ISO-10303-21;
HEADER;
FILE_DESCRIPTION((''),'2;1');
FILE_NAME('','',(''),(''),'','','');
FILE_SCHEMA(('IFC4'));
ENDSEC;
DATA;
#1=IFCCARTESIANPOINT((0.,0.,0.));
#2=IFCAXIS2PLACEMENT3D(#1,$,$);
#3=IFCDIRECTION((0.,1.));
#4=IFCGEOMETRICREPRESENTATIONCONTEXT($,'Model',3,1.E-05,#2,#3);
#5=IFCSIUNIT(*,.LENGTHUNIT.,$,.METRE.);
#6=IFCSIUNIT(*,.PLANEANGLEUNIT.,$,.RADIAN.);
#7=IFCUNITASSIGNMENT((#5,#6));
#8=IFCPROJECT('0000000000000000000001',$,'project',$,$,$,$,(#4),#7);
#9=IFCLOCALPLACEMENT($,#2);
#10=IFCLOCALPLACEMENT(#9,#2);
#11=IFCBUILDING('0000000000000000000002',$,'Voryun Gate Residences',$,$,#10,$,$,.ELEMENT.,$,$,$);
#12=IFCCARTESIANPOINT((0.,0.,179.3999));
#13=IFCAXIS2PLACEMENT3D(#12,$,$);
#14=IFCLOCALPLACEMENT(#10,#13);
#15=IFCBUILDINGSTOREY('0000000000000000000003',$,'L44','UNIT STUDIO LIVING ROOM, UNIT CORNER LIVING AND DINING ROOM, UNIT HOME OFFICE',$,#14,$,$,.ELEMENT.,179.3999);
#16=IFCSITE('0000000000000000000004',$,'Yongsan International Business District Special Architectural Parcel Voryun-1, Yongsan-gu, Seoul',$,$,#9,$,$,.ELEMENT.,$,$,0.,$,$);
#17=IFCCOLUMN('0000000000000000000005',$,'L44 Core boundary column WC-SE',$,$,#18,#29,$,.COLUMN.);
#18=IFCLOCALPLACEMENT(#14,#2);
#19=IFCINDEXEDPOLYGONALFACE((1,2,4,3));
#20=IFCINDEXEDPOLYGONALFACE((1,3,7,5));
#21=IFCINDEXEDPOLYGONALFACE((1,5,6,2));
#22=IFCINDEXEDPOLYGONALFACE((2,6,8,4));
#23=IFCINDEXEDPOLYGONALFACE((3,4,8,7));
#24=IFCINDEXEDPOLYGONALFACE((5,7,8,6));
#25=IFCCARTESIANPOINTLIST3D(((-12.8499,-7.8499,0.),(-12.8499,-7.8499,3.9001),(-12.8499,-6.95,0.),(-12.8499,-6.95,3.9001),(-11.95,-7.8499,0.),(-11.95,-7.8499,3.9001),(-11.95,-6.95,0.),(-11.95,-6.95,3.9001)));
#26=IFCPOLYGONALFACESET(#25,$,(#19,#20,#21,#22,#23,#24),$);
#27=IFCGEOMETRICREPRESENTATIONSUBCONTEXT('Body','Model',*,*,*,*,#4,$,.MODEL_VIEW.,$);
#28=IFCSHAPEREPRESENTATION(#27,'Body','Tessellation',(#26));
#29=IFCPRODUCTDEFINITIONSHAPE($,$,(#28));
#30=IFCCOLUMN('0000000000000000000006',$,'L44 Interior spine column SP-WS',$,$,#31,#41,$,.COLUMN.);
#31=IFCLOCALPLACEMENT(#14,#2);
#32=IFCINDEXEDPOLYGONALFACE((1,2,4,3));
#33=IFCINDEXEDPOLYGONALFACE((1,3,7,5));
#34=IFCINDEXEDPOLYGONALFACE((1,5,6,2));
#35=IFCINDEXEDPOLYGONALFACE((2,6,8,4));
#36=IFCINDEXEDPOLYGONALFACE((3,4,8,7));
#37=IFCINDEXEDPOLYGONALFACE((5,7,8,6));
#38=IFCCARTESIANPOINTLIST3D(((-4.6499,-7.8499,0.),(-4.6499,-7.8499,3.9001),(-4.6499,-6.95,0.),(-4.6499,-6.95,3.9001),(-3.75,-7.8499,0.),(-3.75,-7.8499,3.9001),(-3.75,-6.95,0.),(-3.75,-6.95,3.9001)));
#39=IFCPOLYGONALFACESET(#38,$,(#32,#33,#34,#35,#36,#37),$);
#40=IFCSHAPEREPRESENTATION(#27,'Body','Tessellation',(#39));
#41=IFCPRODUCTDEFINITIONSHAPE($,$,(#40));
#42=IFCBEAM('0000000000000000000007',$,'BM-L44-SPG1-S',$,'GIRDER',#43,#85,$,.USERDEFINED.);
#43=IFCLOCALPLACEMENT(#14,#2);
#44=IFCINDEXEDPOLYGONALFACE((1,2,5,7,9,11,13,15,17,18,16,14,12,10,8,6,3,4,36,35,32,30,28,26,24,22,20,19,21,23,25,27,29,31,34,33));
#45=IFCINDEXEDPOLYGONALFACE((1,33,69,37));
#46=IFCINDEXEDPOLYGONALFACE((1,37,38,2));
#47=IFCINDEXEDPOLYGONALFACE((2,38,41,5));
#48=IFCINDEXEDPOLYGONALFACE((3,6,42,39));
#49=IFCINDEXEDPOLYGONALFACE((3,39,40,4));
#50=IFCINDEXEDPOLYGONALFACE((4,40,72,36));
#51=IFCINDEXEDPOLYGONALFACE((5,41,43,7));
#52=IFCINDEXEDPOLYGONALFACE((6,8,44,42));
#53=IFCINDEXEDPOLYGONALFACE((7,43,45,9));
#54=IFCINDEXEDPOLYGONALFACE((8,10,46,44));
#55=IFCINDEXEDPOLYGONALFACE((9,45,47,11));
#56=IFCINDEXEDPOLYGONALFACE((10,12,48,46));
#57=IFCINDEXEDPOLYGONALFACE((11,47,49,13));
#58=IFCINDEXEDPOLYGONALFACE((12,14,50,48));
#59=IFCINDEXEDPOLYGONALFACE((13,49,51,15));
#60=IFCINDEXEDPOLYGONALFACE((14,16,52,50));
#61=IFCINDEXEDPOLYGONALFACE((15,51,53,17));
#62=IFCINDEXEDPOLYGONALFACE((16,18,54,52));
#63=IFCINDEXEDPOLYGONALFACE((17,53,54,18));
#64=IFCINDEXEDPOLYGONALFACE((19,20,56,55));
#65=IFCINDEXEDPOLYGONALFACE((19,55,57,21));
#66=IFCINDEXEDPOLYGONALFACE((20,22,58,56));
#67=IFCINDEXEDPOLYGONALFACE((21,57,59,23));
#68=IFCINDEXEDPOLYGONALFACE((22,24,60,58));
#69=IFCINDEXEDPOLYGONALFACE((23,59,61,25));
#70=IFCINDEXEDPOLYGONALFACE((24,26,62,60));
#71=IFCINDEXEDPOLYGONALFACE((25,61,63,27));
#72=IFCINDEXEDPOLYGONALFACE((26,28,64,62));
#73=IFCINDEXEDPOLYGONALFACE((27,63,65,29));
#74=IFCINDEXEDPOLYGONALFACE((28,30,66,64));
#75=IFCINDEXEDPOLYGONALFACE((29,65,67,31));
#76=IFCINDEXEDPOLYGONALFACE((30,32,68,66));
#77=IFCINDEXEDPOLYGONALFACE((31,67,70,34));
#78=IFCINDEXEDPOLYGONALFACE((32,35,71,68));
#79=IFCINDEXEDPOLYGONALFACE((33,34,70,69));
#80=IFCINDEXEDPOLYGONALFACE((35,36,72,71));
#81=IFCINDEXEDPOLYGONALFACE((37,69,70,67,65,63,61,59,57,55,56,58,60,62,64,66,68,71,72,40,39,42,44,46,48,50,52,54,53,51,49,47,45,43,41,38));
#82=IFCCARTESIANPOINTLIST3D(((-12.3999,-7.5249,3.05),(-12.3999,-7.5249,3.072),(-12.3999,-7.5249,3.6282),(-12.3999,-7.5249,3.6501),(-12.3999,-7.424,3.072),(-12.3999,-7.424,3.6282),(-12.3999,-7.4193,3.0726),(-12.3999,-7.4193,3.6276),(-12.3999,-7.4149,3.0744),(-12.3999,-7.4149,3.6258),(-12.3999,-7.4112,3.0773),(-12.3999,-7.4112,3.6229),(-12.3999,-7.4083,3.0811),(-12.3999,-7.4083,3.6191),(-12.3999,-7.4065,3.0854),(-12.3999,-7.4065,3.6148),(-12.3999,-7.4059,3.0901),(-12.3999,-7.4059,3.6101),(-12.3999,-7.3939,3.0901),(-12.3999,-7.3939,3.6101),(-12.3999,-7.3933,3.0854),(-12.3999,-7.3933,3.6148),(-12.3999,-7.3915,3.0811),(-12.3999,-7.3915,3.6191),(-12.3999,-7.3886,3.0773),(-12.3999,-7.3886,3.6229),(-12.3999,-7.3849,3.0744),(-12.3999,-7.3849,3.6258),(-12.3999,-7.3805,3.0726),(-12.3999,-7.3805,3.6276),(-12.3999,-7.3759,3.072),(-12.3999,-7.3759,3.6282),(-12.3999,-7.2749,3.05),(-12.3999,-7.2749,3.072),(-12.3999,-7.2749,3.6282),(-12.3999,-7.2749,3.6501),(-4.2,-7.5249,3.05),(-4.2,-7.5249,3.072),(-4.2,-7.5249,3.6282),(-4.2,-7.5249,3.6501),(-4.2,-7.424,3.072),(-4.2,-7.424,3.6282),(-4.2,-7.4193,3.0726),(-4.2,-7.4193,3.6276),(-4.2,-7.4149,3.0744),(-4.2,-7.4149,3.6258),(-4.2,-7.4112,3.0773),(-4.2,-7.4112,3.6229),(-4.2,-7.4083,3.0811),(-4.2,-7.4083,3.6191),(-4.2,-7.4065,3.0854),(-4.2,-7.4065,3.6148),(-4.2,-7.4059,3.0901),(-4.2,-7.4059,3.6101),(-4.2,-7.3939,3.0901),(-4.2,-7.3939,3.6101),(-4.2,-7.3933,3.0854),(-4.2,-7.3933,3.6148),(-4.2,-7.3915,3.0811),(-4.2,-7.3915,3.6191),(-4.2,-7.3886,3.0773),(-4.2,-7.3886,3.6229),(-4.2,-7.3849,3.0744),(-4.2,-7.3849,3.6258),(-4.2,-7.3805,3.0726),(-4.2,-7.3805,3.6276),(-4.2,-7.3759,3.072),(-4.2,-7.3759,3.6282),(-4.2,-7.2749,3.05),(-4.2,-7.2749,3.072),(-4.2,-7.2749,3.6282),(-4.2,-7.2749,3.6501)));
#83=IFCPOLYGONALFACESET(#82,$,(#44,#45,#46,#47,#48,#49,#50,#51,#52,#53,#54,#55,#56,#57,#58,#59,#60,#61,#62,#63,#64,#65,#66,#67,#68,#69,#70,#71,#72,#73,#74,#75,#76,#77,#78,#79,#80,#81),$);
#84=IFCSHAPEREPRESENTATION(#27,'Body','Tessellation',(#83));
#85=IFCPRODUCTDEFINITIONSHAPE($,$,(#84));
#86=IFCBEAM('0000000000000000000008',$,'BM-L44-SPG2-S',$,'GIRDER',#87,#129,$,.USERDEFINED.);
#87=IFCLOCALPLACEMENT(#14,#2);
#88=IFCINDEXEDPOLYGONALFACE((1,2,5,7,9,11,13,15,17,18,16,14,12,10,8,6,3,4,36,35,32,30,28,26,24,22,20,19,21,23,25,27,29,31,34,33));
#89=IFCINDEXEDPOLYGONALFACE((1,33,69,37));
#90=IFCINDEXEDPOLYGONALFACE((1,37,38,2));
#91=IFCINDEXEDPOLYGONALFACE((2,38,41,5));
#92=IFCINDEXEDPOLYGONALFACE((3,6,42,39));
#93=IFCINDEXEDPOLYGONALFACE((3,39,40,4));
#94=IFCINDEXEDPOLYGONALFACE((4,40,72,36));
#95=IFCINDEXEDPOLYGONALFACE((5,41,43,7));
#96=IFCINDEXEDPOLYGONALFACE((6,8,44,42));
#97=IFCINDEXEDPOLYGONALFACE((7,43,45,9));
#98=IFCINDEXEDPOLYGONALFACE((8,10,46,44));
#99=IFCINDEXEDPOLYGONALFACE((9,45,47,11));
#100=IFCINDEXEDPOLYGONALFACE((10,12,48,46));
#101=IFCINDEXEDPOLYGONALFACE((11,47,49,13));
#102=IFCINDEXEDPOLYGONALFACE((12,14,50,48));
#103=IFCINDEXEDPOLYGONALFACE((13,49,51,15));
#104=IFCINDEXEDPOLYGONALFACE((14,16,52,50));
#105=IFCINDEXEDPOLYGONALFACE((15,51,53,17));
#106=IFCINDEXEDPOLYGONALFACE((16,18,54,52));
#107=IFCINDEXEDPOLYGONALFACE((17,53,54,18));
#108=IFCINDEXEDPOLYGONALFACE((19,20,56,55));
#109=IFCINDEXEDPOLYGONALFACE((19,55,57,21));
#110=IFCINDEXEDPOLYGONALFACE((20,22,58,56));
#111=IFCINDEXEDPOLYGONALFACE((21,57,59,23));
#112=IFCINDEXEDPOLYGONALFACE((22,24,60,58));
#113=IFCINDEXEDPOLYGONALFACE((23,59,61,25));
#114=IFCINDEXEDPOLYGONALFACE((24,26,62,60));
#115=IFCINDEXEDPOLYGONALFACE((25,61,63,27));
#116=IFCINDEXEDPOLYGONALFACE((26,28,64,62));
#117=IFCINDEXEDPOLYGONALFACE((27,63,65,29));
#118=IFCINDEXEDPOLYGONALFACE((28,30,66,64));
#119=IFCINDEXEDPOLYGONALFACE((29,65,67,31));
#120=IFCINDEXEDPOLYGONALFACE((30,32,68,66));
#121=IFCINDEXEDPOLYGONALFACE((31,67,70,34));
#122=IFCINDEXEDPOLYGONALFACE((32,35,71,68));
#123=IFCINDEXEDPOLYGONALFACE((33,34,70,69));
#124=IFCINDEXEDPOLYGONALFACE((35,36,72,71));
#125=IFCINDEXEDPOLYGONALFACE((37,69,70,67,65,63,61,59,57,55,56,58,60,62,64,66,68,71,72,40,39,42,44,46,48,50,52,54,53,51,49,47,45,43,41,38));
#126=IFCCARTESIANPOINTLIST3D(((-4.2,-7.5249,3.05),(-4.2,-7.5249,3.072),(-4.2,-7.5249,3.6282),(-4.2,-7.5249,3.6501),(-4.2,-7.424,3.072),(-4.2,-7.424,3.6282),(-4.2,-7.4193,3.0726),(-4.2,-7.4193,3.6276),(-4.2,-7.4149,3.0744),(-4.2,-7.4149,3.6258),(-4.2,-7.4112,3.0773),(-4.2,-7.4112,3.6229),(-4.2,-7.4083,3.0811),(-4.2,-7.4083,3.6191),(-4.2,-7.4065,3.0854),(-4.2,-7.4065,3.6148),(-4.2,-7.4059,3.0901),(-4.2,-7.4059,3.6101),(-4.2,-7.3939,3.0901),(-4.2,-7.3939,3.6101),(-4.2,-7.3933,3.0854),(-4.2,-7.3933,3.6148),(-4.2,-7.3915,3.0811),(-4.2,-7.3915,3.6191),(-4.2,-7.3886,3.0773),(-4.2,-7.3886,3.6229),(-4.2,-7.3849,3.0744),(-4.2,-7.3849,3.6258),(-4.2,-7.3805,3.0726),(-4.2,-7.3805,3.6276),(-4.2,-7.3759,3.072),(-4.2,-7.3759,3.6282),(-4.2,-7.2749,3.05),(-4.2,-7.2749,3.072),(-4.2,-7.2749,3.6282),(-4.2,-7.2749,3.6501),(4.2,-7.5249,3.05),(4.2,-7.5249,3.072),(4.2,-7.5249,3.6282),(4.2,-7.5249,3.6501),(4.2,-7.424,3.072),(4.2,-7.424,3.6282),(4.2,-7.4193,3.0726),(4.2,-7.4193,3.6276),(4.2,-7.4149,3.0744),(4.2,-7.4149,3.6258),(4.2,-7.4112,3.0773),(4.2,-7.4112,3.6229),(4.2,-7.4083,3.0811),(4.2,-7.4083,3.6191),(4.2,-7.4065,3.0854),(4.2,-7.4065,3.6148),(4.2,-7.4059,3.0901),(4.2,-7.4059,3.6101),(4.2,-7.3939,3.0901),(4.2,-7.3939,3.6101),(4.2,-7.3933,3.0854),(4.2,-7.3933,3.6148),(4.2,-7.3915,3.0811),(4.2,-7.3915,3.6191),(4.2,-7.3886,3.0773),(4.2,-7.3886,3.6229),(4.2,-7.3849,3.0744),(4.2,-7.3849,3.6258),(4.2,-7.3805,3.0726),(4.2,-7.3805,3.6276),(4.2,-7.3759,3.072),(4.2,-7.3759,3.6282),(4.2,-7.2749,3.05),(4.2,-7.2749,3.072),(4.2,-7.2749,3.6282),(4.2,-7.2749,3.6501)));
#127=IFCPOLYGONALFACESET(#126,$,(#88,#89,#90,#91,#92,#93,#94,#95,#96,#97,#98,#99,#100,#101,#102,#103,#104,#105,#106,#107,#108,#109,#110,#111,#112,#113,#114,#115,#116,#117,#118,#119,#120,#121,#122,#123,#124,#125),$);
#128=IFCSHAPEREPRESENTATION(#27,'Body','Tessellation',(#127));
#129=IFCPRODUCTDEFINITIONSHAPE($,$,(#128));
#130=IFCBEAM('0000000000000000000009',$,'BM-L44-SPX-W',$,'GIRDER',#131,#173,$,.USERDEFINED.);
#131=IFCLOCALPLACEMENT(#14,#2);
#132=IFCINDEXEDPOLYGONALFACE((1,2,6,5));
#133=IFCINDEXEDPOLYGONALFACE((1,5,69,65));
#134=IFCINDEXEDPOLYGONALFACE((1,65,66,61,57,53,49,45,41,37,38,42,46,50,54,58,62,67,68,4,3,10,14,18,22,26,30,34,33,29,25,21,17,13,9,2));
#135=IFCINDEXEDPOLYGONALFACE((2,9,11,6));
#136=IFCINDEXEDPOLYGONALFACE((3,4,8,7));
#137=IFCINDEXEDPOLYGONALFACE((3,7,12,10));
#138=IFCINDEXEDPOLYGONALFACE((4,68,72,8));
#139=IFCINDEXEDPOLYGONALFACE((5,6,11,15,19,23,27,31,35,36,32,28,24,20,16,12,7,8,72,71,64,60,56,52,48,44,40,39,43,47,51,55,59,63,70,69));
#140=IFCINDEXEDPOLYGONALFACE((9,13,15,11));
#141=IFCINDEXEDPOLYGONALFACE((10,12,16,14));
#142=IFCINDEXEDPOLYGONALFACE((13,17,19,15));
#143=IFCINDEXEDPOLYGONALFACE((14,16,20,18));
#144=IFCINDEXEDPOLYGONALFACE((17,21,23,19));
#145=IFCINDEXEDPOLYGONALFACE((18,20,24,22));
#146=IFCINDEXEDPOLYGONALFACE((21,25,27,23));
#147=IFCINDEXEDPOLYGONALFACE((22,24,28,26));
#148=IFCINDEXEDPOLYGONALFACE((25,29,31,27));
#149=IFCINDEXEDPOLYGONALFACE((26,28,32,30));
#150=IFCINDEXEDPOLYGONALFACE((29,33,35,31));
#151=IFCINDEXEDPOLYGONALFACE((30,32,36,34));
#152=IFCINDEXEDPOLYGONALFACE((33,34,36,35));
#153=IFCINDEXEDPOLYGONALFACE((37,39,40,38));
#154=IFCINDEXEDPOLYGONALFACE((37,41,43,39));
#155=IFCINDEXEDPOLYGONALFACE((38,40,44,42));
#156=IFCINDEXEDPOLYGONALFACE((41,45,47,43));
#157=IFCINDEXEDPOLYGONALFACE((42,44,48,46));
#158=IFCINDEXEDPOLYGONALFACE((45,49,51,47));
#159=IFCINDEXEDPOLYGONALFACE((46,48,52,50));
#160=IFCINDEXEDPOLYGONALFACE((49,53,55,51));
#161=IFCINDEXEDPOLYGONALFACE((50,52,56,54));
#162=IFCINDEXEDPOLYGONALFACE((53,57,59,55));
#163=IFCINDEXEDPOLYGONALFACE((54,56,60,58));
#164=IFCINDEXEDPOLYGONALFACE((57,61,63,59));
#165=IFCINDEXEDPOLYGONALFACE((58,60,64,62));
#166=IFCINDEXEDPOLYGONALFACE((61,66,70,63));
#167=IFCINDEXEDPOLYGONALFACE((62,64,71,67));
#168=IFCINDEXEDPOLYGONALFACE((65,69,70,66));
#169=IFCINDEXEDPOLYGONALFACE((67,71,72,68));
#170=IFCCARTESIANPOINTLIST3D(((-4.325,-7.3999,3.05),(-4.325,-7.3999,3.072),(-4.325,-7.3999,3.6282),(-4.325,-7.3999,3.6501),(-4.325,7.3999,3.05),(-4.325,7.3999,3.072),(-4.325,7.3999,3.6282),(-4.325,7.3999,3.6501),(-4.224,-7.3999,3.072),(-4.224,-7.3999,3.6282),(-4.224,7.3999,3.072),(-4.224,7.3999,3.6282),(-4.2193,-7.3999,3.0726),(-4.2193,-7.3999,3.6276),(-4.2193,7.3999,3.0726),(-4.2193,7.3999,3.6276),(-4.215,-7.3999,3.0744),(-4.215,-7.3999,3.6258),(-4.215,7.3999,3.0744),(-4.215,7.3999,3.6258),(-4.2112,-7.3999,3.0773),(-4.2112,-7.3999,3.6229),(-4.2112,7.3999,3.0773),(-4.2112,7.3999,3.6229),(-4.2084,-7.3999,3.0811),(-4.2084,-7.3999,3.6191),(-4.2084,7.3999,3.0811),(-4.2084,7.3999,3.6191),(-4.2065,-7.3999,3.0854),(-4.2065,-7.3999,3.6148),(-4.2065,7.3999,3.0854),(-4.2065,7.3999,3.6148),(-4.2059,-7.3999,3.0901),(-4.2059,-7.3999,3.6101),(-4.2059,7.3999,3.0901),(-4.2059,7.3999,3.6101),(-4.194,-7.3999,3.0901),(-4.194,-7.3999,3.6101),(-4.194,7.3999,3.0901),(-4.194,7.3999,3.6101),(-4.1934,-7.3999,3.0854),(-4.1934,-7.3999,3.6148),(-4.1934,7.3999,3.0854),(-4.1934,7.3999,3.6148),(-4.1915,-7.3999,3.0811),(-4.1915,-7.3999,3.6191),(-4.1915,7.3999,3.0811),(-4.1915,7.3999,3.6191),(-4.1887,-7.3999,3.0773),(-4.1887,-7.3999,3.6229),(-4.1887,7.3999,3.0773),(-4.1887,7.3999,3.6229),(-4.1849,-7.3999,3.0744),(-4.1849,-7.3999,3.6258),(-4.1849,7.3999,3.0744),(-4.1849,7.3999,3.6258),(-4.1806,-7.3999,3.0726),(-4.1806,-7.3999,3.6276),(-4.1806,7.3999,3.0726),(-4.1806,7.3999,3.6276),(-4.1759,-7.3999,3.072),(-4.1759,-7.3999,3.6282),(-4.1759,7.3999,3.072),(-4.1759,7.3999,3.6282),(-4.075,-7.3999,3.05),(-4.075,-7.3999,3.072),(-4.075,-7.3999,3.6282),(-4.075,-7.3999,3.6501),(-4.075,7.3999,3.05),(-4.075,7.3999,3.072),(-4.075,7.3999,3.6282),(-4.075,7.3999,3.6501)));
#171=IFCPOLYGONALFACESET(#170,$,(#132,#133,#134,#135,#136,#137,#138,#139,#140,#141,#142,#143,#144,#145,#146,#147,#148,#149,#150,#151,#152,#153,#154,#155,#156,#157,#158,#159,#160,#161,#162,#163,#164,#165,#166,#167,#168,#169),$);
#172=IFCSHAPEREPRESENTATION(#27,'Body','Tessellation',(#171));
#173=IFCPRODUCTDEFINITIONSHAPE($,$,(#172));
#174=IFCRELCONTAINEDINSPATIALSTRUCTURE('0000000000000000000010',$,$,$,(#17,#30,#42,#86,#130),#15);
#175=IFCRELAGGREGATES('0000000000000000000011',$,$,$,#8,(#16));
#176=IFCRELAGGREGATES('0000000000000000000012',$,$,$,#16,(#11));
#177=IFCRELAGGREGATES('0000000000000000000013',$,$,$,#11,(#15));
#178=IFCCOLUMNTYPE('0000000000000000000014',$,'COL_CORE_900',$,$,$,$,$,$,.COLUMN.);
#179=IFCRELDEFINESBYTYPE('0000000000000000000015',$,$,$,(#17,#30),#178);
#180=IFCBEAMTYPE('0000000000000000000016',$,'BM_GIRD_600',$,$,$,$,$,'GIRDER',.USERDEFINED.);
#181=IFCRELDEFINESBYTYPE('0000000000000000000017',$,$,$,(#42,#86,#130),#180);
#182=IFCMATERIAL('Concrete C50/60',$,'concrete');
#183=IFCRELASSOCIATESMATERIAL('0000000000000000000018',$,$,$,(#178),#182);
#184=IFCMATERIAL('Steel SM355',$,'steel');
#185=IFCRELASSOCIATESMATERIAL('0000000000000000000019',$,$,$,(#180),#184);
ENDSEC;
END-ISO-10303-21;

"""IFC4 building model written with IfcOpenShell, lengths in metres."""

from ifc_helpers import new_model, si_unit, direction, frame, origin, origin_2d, place, context, subcontext, project, spatial, rectangle, i_section, extrude, material, material_profile, profile_set, type_object, element, save


model = new_model("IFC4")

# Units and contexts
model_context = context("Model", 3, precision=1e-05, world=origin(), true_north=direction((0.0, 1.0)))
body_context = subcontext(model_context, "Body", "Model", "MODEL_VIEW")
ifc_project = project(units=[si_unit("LENGTHUNIT", "METRE"), si_unit("PLANEANGLEUNIT", "RADIAN")], contexts=[model_context])

# Site, building, storey
site_placement = place(None, origin())
site = spatial("IfcSite", under=ifc_project, at=site_placement, Name="Yongsan International Business District Special Architectural Parcel Voryun-1, Yongsan-gu, Seoul", CompositionType="ELEMENT", RefElevation=0.0)
building_placement = place(site_placement, origin())
building = spatial("IfcBuilding", under=site, at=building_placement, Name="Voryun Gate Residences", CompositionType="ELEMENT")
storey_placement = place(building_placement, frame((0.0, 0.0, 179.3999)))
storey = spatial("IfcBuildingStorey", under=building, at=storey_placement, Name="L44", Description="UNIT STUDIO LIVING ROOM, UNIT CORNER LIVING AND DINING ROOM, UNIT HOME OFFICE", CompositionType="ELEMENT", Elevation=179.3999)

# Columns
ifc_material_1 = material(Name="Concrete C50/60", Category="concrete")
ifc_material_profile_1 = material_profile(ifc_material_1, rectangle(XDim=0.8999, YDim=0.8999, at=origin_2d()), Name="RC-900x900")
ifc_profile_set_1 = profile_set([ifc_material_profile_1], Name="Concrete C50/60")
column_type = type_object("IfcColumnType", Name="COL_CORE_900", PredefinedType="COLUMN", material=ifc_profile_set_1)
for number, where, z_axis, x_axis, name in (
    (1, (-12.3999, -7.3999, 0.0), (0.0, 0.0, 1.0), (1.0, 0.0, 0.0), "L44 Core boundary column WC-SE"),
    (2, (-4.2, -7.3999, 0.0), (0.0, 0.0, 1.0), (1.0, 0.0, 0.0), "L44 Interior spine column SP-WS"),
):
    element("IfcColumn", number, at=place(storey_placement, frame(where, z_axis=z_axis, x_axis=x_axis)), inside=storey, type_object=column_type, Name=name, PredefinedType="COLUMN", context=body_context, shape_type="SweptSolid", body=[
        extrude(rectangle(XDim=0.8999, YDim=0.8999, at=origin_2d()), origin(), (0.0, 0.0, 1.0), 3.9001),
    ])

# Beams
ifc_material_2 = material(Name="Steel SM355", Category="steel")
ifc_material_profile_2 = material_profile(ifc_material_2, i_section(OverallWidth=0.25, OverallDepth=0.6001, WebThickness=0.012, FlangeThickness=0.022, FilletRadius=0.0181, at=origin_2d()), Name="H-600x250x12x22")
ifc_profile_set_2 = profile_set([ifc_material_profile_2], Name="Steel SM355")
beam_type_1 = type_object("IfcBeamType", Name="BM_GIRD_600", ElementType="GIRDER", PredefinedType="USERDEFINED", material=ifc_profile_set_2)
beam_1_placement = place(storey_placement, frame((-12.3999, -7.3999, 3.3501), z_axis=(1.0, 0.0, 0.0), x_axis=(0.0, 1.0, 0.0)))
element("IfcBeam", 3, at=beam_1_placement, inside=storey, type_object=beam_type_1, Name="BM-L44-SPG1-S", ObjectType="GIRDER", PredefinedType="USERDEFINED", context=body_context, shape_type="SweptSolid", body=[
    extrude(i_section(OverallWidth=0.25, OverallDepth=0.6001, WebThickness=0.012, FlangeThickness=0.022, FilletRadius=0.0181, at=origin_2d()), origin(), (0.0, 0.0, 1.0), 8.2),
])
beam_2_placement = place(storey_placement, frame((-4.2, -7.3999, 3.3501), z_axis=(1.0, 0.0, 0.0), x_axis=(0.0, 1.0, 0.0)))
element("IfcBeam", 4, at=beam_2_placement, inside=storey, type_object=beam_type_1, Name="BM-L44-SPG2-S", ObjectType="GIRDER", PredefinedType="USERDEFINED", context=body_context, shape_type="SweptSolid", body=[
    extrude(i_section(OverallWidth=0.25, OverallDepth=0.6001, WebThickness=0.012, FlangeThickness=0.022, FilletRadius=0.0181, at=origin_2d()), origin(), (0.0, 0.0, 1.0), 8.3999),
])
beam_3_placement = place(storey_placement, frame((-4.2, -7.3999, 3.3501), z_axis=(0.0, 1.0, 0.0), x_axis=(-1.0, 0.0, 0.0)))
element("IfcBeam", 5, at=beam_3_placement, inside=storey, type_object=beam_type_1, Name="BM-L44-SPX-W", ObjectType="GIRDER", PredefinedType="USERDEFINED", context=body_context, shape_type="SweptSolid", body=[
    extrude(i_section(OverallWidth=0.25, OverallDepth=0.6001, WebThickness=0.012, FlangeThickness=0.022, FilletRadius=0.0181, at=origin_2d()), origin(), (0.0, 0.0, 1.0), 14.7998),
])

save(model, "model.ifc")
